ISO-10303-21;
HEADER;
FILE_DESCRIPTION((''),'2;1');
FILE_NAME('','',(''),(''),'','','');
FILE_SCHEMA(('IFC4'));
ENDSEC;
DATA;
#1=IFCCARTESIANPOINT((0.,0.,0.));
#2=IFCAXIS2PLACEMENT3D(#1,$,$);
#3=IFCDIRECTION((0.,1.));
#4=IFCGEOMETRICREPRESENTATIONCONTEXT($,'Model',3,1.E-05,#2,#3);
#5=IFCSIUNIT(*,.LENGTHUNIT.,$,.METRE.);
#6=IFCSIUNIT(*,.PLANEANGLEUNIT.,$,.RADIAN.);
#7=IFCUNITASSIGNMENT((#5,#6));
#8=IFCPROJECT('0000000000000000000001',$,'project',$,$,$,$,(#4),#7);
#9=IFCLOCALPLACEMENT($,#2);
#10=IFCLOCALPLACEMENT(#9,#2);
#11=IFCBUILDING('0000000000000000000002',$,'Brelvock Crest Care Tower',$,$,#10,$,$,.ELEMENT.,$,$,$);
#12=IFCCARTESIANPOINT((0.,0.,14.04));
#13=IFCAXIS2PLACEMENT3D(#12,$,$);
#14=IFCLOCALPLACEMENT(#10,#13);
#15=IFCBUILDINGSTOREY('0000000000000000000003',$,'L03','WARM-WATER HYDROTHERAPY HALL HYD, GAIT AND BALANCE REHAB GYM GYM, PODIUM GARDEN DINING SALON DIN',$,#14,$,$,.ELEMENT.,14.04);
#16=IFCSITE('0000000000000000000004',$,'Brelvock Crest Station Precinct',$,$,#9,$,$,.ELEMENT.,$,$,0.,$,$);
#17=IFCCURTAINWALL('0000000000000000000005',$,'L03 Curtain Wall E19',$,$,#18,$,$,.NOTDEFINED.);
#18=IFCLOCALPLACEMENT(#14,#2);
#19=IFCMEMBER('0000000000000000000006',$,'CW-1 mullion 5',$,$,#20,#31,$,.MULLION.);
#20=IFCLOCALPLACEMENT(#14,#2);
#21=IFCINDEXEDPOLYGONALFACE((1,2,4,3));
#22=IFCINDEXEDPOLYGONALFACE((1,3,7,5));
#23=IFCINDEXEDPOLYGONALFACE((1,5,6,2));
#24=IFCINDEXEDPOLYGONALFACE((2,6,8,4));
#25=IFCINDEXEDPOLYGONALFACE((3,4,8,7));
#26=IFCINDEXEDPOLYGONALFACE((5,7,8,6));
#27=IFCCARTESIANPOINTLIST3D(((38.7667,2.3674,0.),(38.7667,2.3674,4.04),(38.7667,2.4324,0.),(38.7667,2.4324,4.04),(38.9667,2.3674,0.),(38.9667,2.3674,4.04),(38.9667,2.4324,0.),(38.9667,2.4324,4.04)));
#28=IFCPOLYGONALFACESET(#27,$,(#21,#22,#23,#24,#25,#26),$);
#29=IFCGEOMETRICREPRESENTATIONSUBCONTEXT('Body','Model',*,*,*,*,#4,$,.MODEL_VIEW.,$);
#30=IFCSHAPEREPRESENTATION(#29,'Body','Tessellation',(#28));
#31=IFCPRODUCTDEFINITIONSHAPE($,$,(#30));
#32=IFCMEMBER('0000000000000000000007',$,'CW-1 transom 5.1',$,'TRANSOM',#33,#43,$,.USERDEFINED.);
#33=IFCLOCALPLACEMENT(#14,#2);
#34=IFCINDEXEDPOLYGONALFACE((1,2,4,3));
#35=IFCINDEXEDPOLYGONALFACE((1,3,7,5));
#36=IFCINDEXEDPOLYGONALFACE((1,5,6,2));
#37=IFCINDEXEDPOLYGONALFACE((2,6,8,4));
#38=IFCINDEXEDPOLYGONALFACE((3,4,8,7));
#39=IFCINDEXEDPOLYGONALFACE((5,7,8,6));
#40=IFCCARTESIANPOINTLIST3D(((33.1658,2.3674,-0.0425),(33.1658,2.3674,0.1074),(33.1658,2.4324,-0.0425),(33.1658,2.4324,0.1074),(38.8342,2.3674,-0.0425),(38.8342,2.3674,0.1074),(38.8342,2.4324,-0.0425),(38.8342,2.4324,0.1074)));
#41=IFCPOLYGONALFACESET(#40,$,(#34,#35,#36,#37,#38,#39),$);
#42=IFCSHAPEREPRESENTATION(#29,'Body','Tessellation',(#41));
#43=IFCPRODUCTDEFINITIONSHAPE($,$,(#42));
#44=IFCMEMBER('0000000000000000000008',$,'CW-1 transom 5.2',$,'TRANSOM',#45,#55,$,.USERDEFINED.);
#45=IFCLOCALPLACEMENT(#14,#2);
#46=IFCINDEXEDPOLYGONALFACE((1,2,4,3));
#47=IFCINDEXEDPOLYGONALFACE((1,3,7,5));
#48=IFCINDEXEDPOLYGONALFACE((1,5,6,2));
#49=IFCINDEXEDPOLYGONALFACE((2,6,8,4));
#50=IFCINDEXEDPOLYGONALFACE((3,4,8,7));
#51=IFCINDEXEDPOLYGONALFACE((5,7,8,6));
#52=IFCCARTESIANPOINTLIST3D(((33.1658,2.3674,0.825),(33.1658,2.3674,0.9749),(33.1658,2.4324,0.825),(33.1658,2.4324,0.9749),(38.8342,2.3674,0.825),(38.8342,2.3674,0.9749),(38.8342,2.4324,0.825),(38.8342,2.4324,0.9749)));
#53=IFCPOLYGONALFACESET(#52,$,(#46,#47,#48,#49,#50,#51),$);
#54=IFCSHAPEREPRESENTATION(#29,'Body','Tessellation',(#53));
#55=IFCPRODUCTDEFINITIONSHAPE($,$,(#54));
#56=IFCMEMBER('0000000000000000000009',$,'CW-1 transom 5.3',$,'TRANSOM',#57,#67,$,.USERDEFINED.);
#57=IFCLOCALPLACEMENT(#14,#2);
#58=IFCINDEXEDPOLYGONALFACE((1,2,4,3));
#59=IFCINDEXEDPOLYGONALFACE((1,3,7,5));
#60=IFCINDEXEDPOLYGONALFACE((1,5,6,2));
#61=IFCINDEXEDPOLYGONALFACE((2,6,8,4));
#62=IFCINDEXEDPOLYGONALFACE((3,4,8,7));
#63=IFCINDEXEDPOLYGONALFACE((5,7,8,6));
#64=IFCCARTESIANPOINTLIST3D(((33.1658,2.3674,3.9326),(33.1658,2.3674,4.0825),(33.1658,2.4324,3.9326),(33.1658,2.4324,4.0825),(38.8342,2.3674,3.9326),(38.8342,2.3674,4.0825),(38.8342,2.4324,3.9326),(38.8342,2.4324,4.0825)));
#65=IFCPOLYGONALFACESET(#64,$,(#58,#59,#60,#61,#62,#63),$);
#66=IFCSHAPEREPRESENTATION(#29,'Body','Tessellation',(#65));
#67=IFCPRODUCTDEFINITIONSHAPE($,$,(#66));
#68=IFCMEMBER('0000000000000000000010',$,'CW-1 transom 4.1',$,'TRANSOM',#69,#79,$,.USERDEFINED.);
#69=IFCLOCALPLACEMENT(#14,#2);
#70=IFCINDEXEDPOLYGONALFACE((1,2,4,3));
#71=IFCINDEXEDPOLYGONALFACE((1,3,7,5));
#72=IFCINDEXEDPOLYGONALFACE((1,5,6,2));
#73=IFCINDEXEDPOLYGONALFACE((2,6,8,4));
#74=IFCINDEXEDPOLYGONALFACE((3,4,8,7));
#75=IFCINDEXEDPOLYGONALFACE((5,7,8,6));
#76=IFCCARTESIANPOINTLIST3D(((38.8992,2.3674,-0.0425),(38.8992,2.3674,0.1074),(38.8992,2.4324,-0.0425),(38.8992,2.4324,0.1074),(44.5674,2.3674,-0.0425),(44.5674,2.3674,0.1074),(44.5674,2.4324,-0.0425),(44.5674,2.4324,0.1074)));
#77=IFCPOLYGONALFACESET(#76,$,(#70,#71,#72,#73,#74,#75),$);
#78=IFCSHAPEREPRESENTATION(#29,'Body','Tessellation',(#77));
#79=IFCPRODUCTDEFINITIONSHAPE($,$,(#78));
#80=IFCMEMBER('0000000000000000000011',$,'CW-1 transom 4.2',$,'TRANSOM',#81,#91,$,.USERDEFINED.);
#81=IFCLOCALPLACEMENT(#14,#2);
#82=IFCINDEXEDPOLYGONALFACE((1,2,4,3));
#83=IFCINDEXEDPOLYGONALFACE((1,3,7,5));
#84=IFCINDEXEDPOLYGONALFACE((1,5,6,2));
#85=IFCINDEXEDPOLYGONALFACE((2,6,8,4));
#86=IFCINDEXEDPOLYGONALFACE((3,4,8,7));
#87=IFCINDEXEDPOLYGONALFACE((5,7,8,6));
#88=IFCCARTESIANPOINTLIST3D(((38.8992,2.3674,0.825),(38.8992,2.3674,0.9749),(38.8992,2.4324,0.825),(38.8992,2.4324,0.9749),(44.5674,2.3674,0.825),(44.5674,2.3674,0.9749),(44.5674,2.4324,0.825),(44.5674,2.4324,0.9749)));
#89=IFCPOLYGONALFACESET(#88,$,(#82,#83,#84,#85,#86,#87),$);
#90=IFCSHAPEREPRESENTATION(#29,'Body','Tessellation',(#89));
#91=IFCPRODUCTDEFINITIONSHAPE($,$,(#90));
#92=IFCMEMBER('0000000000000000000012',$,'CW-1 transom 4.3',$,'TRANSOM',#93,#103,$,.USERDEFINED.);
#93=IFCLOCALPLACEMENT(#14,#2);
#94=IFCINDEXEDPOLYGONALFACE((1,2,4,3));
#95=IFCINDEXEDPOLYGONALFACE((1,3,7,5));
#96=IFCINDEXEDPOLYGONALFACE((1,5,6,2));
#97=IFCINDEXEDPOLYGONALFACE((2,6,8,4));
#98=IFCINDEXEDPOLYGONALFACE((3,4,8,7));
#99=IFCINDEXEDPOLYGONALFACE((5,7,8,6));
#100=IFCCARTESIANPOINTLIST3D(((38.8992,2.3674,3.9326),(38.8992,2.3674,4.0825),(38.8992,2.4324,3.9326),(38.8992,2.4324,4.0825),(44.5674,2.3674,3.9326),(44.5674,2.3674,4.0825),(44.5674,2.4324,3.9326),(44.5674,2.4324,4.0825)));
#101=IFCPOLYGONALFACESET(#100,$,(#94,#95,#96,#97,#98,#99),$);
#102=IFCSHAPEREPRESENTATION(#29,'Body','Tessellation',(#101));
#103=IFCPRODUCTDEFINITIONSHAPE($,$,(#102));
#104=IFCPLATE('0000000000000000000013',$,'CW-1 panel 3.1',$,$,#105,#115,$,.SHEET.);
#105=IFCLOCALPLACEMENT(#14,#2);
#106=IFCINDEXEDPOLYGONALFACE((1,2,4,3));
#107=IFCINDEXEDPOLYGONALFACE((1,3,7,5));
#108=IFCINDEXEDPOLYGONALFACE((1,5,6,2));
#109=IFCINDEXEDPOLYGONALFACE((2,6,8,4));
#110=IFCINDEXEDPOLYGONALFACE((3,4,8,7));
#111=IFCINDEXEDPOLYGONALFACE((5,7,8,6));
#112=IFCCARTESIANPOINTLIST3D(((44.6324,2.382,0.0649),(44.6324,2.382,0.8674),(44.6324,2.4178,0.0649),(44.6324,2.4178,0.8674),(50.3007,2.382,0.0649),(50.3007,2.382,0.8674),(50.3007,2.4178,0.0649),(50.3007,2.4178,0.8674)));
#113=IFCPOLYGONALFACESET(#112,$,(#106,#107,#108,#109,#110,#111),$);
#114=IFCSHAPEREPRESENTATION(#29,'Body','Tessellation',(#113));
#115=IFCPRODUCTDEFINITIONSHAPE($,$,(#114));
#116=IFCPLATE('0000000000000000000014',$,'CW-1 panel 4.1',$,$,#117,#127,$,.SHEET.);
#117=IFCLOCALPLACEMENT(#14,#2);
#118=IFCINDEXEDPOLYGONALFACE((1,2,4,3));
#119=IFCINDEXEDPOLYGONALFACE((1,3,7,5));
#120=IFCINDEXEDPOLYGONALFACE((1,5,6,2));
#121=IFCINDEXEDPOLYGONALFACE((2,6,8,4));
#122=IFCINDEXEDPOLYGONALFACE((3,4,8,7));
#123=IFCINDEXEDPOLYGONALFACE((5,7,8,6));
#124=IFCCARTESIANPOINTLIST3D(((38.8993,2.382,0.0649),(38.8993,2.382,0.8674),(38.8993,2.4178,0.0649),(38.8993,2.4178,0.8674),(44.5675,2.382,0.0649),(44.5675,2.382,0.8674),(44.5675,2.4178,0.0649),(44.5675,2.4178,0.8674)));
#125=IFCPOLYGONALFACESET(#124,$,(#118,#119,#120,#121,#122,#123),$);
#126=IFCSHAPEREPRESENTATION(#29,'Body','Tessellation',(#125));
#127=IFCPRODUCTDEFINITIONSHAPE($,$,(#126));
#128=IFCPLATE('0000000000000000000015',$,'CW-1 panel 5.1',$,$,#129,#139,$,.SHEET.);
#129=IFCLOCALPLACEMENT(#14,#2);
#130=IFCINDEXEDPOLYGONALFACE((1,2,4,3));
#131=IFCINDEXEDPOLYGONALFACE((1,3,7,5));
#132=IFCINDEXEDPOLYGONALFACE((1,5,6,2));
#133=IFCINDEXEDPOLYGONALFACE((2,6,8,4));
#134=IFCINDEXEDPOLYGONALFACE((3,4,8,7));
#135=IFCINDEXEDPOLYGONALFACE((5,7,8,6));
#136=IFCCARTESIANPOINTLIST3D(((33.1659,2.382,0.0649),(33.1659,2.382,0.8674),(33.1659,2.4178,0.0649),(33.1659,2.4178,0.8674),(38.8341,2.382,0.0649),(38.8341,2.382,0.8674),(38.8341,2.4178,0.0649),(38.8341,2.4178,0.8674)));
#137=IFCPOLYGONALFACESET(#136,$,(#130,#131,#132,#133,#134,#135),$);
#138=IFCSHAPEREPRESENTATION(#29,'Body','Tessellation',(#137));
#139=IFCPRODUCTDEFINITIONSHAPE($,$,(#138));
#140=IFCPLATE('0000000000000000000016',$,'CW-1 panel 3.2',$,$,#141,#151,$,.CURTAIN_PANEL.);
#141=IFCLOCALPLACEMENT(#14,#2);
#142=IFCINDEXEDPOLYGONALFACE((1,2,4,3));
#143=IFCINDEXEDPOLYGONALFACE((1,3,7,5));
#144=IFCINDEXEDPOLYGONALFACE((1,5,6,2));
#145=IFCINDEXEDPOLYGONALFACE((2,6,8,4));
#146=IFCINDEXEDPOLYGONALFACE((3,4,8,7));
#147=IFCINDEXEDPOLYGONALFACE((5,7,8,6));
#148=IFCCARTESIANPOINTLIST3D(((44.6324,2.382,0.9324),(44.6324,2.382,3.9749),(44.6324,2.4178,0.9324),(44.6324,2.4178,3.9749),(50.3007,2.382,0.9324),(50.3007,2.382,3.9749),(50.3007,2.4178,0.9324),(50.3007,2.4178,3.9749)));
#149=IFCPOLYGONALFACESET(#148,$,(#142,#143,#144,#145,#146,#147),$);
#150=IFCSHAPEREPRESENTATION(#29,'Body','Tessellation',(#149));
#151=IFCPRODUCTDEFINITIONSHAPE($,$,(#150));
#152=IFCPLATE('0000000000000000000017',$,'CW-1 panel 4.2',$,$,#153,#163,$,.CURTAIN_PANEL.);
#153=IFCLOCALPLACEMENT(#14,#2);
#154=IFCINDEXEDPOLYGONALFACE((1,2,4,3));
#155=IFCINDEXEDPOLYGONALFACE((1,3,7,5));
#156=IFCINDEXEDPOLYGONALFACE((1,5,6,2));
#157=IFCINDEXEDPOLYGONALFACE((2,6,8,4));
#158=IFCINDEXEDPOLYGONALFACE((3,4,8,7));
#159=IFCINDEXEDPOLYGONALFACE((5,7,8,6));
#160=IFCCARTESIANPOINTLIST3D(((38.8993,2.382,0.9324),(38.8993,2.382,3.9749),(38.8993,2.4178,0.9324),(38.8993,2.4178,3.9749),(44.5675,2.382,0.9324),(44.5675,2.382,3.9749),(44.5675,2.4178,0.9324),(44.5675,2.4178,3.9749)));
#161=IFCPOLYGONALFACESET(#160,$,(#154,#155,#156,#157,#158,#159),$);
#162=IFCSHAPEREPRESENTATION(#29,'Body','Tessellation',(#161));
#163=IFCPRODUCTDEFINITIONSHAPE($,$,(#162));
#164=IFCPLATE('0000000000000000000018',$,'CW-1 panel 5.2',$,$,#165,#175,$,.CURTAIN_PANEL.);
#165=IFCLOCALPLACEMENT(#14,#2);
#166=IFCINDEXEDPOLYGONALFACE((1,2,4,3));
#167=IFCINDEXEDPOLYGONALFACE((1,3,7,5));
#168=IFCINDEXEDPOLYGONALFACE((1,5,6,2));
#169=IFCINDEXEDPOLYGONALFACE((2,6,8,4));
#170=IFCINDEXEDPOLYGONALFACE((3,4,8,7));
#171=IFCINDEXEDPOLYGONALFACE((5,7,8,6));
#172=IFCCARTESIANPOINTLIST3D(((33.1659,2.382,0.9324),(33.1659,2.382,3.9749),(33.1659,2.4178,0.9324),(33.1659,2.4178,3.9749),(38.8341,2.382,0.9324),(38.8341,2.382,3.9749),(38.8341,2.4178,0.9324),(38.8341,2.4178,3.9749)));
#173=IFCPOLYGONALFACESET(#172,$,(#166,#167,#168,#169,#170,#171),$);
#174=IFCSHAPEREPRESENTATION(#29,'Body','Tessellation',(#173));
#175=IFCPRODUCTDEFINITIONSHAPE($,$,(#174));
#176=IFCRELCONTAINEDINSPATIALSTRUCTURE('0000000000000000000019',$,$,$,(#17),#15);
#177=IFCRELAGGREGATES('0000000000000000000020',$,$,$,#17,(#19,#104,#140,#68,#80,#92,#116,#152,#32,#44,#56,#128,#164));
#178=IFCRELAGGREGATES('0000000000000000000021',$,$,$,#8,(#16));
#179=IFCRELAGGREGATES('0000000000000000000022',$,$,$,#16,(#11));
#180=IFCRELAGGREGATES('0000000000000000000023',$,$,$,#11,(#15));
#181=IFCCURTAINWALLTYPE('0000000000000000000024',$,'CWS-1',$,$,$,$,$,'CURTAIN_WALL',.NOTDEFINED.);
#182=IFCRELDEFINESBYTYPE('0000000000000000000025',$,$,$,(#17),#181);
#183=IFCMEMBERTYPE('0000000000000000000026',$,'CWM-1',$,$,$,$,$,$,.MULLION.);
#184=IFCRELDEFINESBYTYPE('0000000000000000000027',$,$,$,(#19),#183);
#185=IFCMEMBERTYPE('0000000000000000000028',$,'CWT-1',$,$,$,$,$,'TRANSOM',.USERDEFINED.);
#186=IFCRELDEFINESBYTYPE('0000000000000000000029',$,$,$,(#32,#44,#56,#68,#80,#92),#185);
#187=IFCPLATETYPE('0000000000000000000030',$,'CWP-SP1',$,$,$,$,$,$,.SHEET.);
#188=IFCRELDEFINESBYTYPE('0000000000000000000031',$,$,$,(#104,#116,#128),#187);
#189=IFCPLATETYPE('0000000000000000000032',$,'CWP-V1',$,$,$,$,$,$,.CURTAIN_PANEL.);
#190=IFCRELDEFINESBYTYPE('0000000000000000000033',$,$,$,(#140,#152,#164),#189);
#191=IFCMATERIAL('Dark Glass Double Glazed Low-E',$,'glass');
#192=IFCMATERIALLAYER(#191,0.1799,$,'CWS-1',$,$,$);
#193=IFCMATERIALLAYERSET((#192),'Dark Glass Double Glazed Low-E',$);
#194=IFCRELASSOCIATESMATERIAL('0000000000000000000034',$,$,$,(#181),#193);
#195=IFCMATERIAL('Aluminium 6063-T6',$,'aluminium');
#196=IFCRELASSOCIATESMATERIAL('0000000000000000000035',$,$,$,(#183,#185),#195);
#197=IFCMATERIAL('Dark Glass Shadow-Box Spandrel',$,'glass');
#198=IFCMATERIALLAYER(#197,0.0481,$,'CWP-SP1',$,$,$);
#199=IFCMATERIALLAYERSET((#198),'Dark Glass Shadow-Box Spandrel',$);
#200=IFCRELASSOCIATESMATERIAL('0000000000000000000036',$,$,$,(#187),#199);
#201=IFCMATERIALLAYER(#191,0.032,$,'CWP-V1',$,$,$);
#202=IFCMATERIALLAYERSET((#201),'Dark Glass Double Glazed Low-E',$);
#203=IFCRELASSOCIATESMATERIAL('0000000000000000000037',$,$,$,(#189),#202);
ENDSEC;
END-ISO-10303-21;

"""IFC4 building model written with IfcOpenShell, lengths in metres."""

from ifc_helpers import new_model, si_unit, direction, frame, origin, origin_2d, place, context, subcontext, project, spatial, rectangle, extrude, source, transform, mapped, material, layer, layer_set, material_profile, profile_set, type_object, element, aggregate, save


model = new_model("IFC4")

# Units and contexts
model_context = context("Model", 3, precision=1e-05, world=origin(), true_north=direction((0.0, 1.0)))
body_context = subcontext(model_context, "Body", "Model", "MODEL_VIEW")
ifc_project = project(units=[si_unit("LENGTHUNIT", "METRE"), si_unit("PLANEANGLEUNIT", "RADIAN")], contexts=[model_context])

# Site, building, storey
site_placement = place(None, origin())
site = spatial("IfcSite", under=ifc_project, at=site_placement, Name="Brelvock Crest Station Precinct", CompositionType="ELEMENT", RefElevation=0.0)
building_placement = place(site_placement, origin())
building = spatial("IfcBuilding", under=site, at=building_placement, Name="Brelvock Crest Care Tower", CompositionType="ELEMENT")
storey_placement = place(building_placement, frame((0.0, 0.0, 14.04)))
storey = spatial("IfcBuildingStorey", under=building, at=storey_placement, Name="L03", Description="WARM-WATER HYDROTHERAPY HALL HYD, GAIT AND BALANCE REHAB GYM GYM, PODIUM GARDEN DINING SALON DIN", CompositionType="ELEMENT", Elevation=14.04)

# Curtain wall, members, plates
ifc_material_1 = material(Name="Dark Glass Double Glazed Low-E", Category="glass")
ifc_layer_1 = layer(ifc_material_1, 0.1799, Name="CWS-1")
ifc_layer_set_1 = layer_set([ifc_layer_1], Name="Dark Glass Double Glazed Low-E")
curtain_wall_type = type_object("IfcCurtainWallType", Name="CWS-1", ElementType="CURTAIN_WALL", PredefinedType="NOTDEFINED", material=ifc_layer_set_1)
curtain_wall_placement = place(storey_placement, origin())
curtain_wall = element("IfcCurtainWall", 1, at=curtain_wall_placement, inside=storey, type_object=curtain_wall_type, Name="L03 Curtain Wall E19", PredefinedType="NOTDEFINED")
ifc_material_2 = material(Name="Aluminium 6063-T6", Category="aluminium")
ifc_material_profile_1 = material_profile(ifc_material_2, rectangle(XDim=0.0649, YDim=0.2, at=origin_2d()), Name="ALU65x200")
ifc_profile_set_1 = profile_set([ifc_material_profile_1], Name="Aluminium 6063-T6")
member_type_1 = type_object("IfcMemberType", Name="CWM-1", PredefinedType="MULLION", material=ifc_profile_set_1)
shared_shape_1 = source(origin(), body_context, "Body", "SweptSolid", [
    extrude(rectangle(XDim=0.0649, YDim=0.2, at=origin_2d()), origin(), (0.0, 0.0, 1.0), 4.04),
])
member_1_placement = place(storey_placement, frame((38.8667, 2.3999, 0.0), z_axis=(0.0, 0.0, 1.0), x_axis=(0.0, -1.0, 0.0)))
member_1 = element("IfcMember", 2, at=member_1_placement, type_object=member_type_1, Name="CW-1 mullion 5", PredefinedType="MULLION", context=body_context, shape_type="MappedRepresentation", body=[
    mapped(shared_shape_1, transform((0.0, 0.0, 0.0), x_axis=(1.0, 0.0, 0.0), y_axis=(0.0, 1.0, 0.0), z_axis=(0.0, 0.0, 1.0), scale=1.0)),
])
ifc_material_profile_2 = material_profile(ifc_material_2, rectangle(XDim=0.0649, YDim=0.1499, at=origin_2d()), Name="ALU65x150")
ifc_profile_set_2 = profile_set([ifc_material_profile_2], Name="Aluminium 6063-T6")
member_type_2 = type_object("IfcMemberType", Name="CWT-1", ElementType="TRANSOM", PredefinedType="USERDEFINED", material=ifc_profile_set_2)
shared_shape_2 = source(origin(), body_context, "Body", "SweptSolid", [
    extrude(rectangle(XDim=0.0649, YDim=0.1499, at=origin_2d()), origin(), (0.0, 0.0, 1.0), 5.6685),
])
member_2_placement = place(storey_placement, frame((38.8342, 2.3999, 0.0325), z_axis=(-1.0, 0.0, 0.0), x_axis=(0.0, -1.0, 0.0)))
member_2 = element("IfcMember", 3, at=member_2_placement, type_object=member_type_2, Name="CW-1 transom 5.1", ObjectType="TRANSOM", PredefinedType="USERDEFINED", context=body_context, shape_type="MappedRepresentation", body=[
    mapped(shared_shape_2, transform((0.0, 0.0, 0.0), x_axis=(1.0, 0.0, 0.0), y_axis=(0.0, 1.0, 0.0), z_axis=(0.0, 0.0, 1.0), scale=1.0)),
])
member_3_placement = place(storey_placement, frame((38.8342, 2.3999, 0.8999), z_axis=(-1.0, 0.0, 0.0), x_axis=(0.0, -1.0, 0.0)))
member_3 = element("IfcMember", 4, at=member_3_placement, type_object=member_type_2, Name="CW-1 transom 5.2", ObjectType="TRANSOM", PredefinedType="USERDEFINED", context=body_context, shape_type="MappedRepresentation", body=[
    mapped(shared_shape_2, transform((0.0, 0.0, 0.0), x_axis=(1.0, 0.0, 0.0), y_axis=(0.0, 1.0, 0.0), z_axis=(0.0, 0.0, 1.0), scale=1.0)),
])
member_4_placement = place(storey_placement, frame((38.8342, 2.3999, 4.0076), z_axis=(-1.0, 0.0, 0.0), x_axis=(0.0, -1.0, 0.0)))
member_4 = element("IfcMember", 5, at=member_4_placement, type_object=member_type_2, Name="CW-1 transom 5.3", ObjectType="TRANSOM", PredefinedType="USERDEFINED", context=body_context, shape_type="MappedRepresentation", body=[
    mapped(shared_shape_2, transform((0.0, 0.0, 0.0), x_axis=(1.0, 0.0, 0.0), y_axis=(0.0, 1.0, 0.0), z_axis=(0.0, 0.0, 1.0), scale=1.0)),
])
shared_shape_3 = source(origin(), body_context, "Body", "SweptSolid", [
    extrude(rectangle(XDim=0.0649, YDim=0.1499, at=origin_2d()), origin(), (0.0, 0.0, 1.0), 5.6682),
])
member_5_placement = place(storey_placement, frame((44.5674, 2.3999, 0.0325), z_axis=(-1.0, 0.0, 0.0), x_axis=(0.0, -1.0, 0.0)))
member_5 = element("IfcMember", 6, at=member_5_placement, type_object=member_type_2, Name="CW-1 transom 4.1", ObjectType="TRANSOM", PredefinedType="USERDEFINED", context=body_context, shape_type="MappedRepresentation", body=[
    mapped(shared_shape_3, transform((0.0, 0.0, 0.0), x_axis=(1.0, 0.0, 0.0), y_axis=(0.0, 1.0, 0.0), z_axis=(0.0, 0.0, 1.0), scale=1.0)),
])
member_6_placement = place(storey_placement, frame((44.5674, 2.3999, 0.8999), z_axis=(-1.0, 0.0, 0.0), x_axis=(0.0, -1.0, 0.0)))
member_6 = element("IfcMember", 7, at=member_6_placement, type_object=member_type_2, Name="CW-1 transom 4.2", ObjectType="TRANSOM", PredefinedType="USERDEFINED", context=body_context, shape_type="MappedRepresentation", body=[
    mapped(shared_shape_3, transform((0.0, 0.0, 0.0), x_axis=(1.0, 0.0, 0.0), y_axis=(0.0, 1.0, 0.0), z_axis=(0.0, 0.0, 1.0), scale=1.0)),
])
member_7_placement = place(storey_placement, frame((44.5674, 2.3999, 4.0076), z_axis=(-1.0, 0.0, 0.0), x_axis=(0.0, -1.0, 0.0)))
member_7 = element("IfcMember", 8, at=member_7_placement, type_object=member_type_2, Name="CW-1 transom 4.3", ObjectType="TRANSOM", PredefinedType="USERDEFINED", context=body_context, shape_type="MappedRepresentation", body=[
    mapped(shared_shape_3, transform((0.0, 0.0, 0.0), x_axis=(1.0, 0.0, 0.0), y_axis=(0.0, 1.0, 0.0), z_axis=(0.0, 0.0, 1.0), scale=1.0)),
])
ifc_material_3 = material(Name="Dark Glass Shadow-Box Spandrel", Category="glass")
ifc_layer_2 = layer(ifc_material_3, 0.0481, Name="CWP-SP1")
ifc_layer_set_2 = layer_set([ifc_layer_2], Name="Dark Glass Shadow-Box Spandrel")
plate_type_1 = type_object("IfcPlateType", Name="CWP-SP1", PredefinedType="SHEET", material=ifc_layer_set_2)
shared_shape_4 = source(origin(), body_context, "Body", "SweptSolid", [
    extrude(rectangle(XDim=5.6682, YDim=0.0359, at=origin_2d()), origin(), (0.0, 0.0, 1.0), 0.8025),
])
plate_1_placement = place(storey_placement, frame((47.4666, 2.3999, 0.0649), z_axis=(0.0, 0.0, 1.0), x_axis=(-1.0, 0.0, 0.0)))
plate_1 = element("IfcPlate", 9, at=plate_1_placement, type_object=plate_type_1, Name="CW-1 panel 3.1", PredefinedType="SHEET", context=body_context, shape_type="MappedRepresentation", body=[
    mapped(shared_shape_4, transform((0.0, 0.0, 0.0), x_axis=(1.0, 0.0, 0.0), y_axis=(0.0, 1.0, 0.0), z_axis=(0.0, 0.0, 1.0), scale=1.0)),
])
plate_2_placement = place(storey_placement, frame((41.7334, 2.3999, 0.0649), z_axis=(0.0, 0.0, 1.0), x_axis=(-1.0, 0.0, 0.0)))
plate_2 = element("IfcPlate", 10, at=plate_2_placement, type_object=plate_type_1, Name="CW-1 panel 4.1", PredefinedType="SHEET", context=body_context, shape_type="MappedRepresentation", body=[
    mapped(shared_shape_4, transform((0.0, 0.0, 0.0), x_axis=(1.0, 0.0, 0.0), y_axis=(0.0, 1.0, 0.0), z_axis=(0.0, 0.0, 1.0), scale=1.0)),
])
plate_3_placement = place(storey_placement, frame((36.0, 2.3999, 0.0649), z_axis=(0.0, 0.0, 1.0), x_axis=(-1.0, 0.0, 0.0)))
plate_3 = element("IfcPlate", 11, at=plate_3_placement, type_object=plate_type_1, Name="CW-1 panel 5.1", PredefinedType="SHEET", context=body_context, shape_type="MappedRepresentation", body=[
    mapped(shared_shape_4, transform((0.0, 0.0, 0.0), x_axis=(1.0, 0.0, 0.0), y_axis=(0.0, 1.0, 0.0), z_axis=(0.0, 0.0, 1.0), scale=1.0)),
])
ifc_layer_3 = layer(ifc_material_1, 0.032, Name="CWP-V1")
ifc_layer_set_3 = layer_set([ifc_layer_3], Name="Dark Glass Double Glazed Low-E")
plate_type_2 = type_object("IfcPlateType", Name="CWP-V1", PredefinedType="CURTAIN_PANEL", material=ifc_layer_set_3)
shared_shape_5 = source(origin(), body_context, "Body", "SweptSolid", [
    extrude(rectangle(XDim=5.6682, YDim=0.0359, at=origin_2d()), origin(), (0.0, 0.0, 1.0), 3.0425),
])
plate_4_placement = place(storey_placement, frame((47.4666, 2.3999, 0.9324), z_axis=(0.0, 0.0, 1.0), x_axis=(-1.0, 0.0, 0.0)))
plate_4 = element("IfcPlate", 12, at=plate_4_placement, type_object=plate_type_2, Name="CW-1 panel 3.2", PredefinedType="CURTAIN_PANEL", context=body_context, shape_type="MappedRepresentation", body=[
    mapped(shared_shape_5, transform((0.0, 0.0, 0.0), x_axis=(1.0, 0.0, 0.0), y_axis=(0.0, 1.0, 0.0), z_axis=(0.0, 0.0, 1.0), scale=1.0)),
])
plate_5_placement = place(storey_placement, frame((41.7334, 2.3999, 0.9324), z_axis=(0.0, 0.0, 1.0), x_axis=(-1.0, 0.0, 0.0)))
plate_5 = element("IfcPlate", 13, at=plate_5_placement, type_object=plate_type_2, Name="CW-1 panel 4.2", PredefinedType="CURTAIN_PANEL", context=body_context, shape_type="MappedRepresentation", body=[
    mapped(shared_shape_5, transform((0.0, 0.0, 0.0), x_axis=(1.0, 0.0, 0.0), y_axis=(0.0, 1.0, 0.0), z_axis=(0.0, 0.0, 1.0), scale=1.0)),
])
plate_6_placement = place(storey_placement, frame((36.0, 2.3999, 0.9324), z_axis=(0.0, 0.0, 1.0), x_axis=(-1.0, 0.0, 0.0)))
plate_6 = element("IfcPlate", 14, at=plate_6_placement, type_object=plate_type_2, Name="CW-1 panel 5.2", PredefinedType="CURTAIN_PANEL", context=body_context, shape_type="MappedRepresentation", body=[
    mapped(shared_shape_5, transform((0.0, 0.0, 0.0), x_axis=(1.0, 0.0, 0.0), y_axis=(0.0, 1.0, 0.0), z_axis=(0.0, 0.0, 1.0), scale=1.0)),
])
aggregate(curtain_wall, [member_1, plate_1, plate_4, member_5, member_6, member_7, plate_2, plate_5, member_2, member_3, member_4, plate_3, plate_6])

save(model, "model.ifc")
